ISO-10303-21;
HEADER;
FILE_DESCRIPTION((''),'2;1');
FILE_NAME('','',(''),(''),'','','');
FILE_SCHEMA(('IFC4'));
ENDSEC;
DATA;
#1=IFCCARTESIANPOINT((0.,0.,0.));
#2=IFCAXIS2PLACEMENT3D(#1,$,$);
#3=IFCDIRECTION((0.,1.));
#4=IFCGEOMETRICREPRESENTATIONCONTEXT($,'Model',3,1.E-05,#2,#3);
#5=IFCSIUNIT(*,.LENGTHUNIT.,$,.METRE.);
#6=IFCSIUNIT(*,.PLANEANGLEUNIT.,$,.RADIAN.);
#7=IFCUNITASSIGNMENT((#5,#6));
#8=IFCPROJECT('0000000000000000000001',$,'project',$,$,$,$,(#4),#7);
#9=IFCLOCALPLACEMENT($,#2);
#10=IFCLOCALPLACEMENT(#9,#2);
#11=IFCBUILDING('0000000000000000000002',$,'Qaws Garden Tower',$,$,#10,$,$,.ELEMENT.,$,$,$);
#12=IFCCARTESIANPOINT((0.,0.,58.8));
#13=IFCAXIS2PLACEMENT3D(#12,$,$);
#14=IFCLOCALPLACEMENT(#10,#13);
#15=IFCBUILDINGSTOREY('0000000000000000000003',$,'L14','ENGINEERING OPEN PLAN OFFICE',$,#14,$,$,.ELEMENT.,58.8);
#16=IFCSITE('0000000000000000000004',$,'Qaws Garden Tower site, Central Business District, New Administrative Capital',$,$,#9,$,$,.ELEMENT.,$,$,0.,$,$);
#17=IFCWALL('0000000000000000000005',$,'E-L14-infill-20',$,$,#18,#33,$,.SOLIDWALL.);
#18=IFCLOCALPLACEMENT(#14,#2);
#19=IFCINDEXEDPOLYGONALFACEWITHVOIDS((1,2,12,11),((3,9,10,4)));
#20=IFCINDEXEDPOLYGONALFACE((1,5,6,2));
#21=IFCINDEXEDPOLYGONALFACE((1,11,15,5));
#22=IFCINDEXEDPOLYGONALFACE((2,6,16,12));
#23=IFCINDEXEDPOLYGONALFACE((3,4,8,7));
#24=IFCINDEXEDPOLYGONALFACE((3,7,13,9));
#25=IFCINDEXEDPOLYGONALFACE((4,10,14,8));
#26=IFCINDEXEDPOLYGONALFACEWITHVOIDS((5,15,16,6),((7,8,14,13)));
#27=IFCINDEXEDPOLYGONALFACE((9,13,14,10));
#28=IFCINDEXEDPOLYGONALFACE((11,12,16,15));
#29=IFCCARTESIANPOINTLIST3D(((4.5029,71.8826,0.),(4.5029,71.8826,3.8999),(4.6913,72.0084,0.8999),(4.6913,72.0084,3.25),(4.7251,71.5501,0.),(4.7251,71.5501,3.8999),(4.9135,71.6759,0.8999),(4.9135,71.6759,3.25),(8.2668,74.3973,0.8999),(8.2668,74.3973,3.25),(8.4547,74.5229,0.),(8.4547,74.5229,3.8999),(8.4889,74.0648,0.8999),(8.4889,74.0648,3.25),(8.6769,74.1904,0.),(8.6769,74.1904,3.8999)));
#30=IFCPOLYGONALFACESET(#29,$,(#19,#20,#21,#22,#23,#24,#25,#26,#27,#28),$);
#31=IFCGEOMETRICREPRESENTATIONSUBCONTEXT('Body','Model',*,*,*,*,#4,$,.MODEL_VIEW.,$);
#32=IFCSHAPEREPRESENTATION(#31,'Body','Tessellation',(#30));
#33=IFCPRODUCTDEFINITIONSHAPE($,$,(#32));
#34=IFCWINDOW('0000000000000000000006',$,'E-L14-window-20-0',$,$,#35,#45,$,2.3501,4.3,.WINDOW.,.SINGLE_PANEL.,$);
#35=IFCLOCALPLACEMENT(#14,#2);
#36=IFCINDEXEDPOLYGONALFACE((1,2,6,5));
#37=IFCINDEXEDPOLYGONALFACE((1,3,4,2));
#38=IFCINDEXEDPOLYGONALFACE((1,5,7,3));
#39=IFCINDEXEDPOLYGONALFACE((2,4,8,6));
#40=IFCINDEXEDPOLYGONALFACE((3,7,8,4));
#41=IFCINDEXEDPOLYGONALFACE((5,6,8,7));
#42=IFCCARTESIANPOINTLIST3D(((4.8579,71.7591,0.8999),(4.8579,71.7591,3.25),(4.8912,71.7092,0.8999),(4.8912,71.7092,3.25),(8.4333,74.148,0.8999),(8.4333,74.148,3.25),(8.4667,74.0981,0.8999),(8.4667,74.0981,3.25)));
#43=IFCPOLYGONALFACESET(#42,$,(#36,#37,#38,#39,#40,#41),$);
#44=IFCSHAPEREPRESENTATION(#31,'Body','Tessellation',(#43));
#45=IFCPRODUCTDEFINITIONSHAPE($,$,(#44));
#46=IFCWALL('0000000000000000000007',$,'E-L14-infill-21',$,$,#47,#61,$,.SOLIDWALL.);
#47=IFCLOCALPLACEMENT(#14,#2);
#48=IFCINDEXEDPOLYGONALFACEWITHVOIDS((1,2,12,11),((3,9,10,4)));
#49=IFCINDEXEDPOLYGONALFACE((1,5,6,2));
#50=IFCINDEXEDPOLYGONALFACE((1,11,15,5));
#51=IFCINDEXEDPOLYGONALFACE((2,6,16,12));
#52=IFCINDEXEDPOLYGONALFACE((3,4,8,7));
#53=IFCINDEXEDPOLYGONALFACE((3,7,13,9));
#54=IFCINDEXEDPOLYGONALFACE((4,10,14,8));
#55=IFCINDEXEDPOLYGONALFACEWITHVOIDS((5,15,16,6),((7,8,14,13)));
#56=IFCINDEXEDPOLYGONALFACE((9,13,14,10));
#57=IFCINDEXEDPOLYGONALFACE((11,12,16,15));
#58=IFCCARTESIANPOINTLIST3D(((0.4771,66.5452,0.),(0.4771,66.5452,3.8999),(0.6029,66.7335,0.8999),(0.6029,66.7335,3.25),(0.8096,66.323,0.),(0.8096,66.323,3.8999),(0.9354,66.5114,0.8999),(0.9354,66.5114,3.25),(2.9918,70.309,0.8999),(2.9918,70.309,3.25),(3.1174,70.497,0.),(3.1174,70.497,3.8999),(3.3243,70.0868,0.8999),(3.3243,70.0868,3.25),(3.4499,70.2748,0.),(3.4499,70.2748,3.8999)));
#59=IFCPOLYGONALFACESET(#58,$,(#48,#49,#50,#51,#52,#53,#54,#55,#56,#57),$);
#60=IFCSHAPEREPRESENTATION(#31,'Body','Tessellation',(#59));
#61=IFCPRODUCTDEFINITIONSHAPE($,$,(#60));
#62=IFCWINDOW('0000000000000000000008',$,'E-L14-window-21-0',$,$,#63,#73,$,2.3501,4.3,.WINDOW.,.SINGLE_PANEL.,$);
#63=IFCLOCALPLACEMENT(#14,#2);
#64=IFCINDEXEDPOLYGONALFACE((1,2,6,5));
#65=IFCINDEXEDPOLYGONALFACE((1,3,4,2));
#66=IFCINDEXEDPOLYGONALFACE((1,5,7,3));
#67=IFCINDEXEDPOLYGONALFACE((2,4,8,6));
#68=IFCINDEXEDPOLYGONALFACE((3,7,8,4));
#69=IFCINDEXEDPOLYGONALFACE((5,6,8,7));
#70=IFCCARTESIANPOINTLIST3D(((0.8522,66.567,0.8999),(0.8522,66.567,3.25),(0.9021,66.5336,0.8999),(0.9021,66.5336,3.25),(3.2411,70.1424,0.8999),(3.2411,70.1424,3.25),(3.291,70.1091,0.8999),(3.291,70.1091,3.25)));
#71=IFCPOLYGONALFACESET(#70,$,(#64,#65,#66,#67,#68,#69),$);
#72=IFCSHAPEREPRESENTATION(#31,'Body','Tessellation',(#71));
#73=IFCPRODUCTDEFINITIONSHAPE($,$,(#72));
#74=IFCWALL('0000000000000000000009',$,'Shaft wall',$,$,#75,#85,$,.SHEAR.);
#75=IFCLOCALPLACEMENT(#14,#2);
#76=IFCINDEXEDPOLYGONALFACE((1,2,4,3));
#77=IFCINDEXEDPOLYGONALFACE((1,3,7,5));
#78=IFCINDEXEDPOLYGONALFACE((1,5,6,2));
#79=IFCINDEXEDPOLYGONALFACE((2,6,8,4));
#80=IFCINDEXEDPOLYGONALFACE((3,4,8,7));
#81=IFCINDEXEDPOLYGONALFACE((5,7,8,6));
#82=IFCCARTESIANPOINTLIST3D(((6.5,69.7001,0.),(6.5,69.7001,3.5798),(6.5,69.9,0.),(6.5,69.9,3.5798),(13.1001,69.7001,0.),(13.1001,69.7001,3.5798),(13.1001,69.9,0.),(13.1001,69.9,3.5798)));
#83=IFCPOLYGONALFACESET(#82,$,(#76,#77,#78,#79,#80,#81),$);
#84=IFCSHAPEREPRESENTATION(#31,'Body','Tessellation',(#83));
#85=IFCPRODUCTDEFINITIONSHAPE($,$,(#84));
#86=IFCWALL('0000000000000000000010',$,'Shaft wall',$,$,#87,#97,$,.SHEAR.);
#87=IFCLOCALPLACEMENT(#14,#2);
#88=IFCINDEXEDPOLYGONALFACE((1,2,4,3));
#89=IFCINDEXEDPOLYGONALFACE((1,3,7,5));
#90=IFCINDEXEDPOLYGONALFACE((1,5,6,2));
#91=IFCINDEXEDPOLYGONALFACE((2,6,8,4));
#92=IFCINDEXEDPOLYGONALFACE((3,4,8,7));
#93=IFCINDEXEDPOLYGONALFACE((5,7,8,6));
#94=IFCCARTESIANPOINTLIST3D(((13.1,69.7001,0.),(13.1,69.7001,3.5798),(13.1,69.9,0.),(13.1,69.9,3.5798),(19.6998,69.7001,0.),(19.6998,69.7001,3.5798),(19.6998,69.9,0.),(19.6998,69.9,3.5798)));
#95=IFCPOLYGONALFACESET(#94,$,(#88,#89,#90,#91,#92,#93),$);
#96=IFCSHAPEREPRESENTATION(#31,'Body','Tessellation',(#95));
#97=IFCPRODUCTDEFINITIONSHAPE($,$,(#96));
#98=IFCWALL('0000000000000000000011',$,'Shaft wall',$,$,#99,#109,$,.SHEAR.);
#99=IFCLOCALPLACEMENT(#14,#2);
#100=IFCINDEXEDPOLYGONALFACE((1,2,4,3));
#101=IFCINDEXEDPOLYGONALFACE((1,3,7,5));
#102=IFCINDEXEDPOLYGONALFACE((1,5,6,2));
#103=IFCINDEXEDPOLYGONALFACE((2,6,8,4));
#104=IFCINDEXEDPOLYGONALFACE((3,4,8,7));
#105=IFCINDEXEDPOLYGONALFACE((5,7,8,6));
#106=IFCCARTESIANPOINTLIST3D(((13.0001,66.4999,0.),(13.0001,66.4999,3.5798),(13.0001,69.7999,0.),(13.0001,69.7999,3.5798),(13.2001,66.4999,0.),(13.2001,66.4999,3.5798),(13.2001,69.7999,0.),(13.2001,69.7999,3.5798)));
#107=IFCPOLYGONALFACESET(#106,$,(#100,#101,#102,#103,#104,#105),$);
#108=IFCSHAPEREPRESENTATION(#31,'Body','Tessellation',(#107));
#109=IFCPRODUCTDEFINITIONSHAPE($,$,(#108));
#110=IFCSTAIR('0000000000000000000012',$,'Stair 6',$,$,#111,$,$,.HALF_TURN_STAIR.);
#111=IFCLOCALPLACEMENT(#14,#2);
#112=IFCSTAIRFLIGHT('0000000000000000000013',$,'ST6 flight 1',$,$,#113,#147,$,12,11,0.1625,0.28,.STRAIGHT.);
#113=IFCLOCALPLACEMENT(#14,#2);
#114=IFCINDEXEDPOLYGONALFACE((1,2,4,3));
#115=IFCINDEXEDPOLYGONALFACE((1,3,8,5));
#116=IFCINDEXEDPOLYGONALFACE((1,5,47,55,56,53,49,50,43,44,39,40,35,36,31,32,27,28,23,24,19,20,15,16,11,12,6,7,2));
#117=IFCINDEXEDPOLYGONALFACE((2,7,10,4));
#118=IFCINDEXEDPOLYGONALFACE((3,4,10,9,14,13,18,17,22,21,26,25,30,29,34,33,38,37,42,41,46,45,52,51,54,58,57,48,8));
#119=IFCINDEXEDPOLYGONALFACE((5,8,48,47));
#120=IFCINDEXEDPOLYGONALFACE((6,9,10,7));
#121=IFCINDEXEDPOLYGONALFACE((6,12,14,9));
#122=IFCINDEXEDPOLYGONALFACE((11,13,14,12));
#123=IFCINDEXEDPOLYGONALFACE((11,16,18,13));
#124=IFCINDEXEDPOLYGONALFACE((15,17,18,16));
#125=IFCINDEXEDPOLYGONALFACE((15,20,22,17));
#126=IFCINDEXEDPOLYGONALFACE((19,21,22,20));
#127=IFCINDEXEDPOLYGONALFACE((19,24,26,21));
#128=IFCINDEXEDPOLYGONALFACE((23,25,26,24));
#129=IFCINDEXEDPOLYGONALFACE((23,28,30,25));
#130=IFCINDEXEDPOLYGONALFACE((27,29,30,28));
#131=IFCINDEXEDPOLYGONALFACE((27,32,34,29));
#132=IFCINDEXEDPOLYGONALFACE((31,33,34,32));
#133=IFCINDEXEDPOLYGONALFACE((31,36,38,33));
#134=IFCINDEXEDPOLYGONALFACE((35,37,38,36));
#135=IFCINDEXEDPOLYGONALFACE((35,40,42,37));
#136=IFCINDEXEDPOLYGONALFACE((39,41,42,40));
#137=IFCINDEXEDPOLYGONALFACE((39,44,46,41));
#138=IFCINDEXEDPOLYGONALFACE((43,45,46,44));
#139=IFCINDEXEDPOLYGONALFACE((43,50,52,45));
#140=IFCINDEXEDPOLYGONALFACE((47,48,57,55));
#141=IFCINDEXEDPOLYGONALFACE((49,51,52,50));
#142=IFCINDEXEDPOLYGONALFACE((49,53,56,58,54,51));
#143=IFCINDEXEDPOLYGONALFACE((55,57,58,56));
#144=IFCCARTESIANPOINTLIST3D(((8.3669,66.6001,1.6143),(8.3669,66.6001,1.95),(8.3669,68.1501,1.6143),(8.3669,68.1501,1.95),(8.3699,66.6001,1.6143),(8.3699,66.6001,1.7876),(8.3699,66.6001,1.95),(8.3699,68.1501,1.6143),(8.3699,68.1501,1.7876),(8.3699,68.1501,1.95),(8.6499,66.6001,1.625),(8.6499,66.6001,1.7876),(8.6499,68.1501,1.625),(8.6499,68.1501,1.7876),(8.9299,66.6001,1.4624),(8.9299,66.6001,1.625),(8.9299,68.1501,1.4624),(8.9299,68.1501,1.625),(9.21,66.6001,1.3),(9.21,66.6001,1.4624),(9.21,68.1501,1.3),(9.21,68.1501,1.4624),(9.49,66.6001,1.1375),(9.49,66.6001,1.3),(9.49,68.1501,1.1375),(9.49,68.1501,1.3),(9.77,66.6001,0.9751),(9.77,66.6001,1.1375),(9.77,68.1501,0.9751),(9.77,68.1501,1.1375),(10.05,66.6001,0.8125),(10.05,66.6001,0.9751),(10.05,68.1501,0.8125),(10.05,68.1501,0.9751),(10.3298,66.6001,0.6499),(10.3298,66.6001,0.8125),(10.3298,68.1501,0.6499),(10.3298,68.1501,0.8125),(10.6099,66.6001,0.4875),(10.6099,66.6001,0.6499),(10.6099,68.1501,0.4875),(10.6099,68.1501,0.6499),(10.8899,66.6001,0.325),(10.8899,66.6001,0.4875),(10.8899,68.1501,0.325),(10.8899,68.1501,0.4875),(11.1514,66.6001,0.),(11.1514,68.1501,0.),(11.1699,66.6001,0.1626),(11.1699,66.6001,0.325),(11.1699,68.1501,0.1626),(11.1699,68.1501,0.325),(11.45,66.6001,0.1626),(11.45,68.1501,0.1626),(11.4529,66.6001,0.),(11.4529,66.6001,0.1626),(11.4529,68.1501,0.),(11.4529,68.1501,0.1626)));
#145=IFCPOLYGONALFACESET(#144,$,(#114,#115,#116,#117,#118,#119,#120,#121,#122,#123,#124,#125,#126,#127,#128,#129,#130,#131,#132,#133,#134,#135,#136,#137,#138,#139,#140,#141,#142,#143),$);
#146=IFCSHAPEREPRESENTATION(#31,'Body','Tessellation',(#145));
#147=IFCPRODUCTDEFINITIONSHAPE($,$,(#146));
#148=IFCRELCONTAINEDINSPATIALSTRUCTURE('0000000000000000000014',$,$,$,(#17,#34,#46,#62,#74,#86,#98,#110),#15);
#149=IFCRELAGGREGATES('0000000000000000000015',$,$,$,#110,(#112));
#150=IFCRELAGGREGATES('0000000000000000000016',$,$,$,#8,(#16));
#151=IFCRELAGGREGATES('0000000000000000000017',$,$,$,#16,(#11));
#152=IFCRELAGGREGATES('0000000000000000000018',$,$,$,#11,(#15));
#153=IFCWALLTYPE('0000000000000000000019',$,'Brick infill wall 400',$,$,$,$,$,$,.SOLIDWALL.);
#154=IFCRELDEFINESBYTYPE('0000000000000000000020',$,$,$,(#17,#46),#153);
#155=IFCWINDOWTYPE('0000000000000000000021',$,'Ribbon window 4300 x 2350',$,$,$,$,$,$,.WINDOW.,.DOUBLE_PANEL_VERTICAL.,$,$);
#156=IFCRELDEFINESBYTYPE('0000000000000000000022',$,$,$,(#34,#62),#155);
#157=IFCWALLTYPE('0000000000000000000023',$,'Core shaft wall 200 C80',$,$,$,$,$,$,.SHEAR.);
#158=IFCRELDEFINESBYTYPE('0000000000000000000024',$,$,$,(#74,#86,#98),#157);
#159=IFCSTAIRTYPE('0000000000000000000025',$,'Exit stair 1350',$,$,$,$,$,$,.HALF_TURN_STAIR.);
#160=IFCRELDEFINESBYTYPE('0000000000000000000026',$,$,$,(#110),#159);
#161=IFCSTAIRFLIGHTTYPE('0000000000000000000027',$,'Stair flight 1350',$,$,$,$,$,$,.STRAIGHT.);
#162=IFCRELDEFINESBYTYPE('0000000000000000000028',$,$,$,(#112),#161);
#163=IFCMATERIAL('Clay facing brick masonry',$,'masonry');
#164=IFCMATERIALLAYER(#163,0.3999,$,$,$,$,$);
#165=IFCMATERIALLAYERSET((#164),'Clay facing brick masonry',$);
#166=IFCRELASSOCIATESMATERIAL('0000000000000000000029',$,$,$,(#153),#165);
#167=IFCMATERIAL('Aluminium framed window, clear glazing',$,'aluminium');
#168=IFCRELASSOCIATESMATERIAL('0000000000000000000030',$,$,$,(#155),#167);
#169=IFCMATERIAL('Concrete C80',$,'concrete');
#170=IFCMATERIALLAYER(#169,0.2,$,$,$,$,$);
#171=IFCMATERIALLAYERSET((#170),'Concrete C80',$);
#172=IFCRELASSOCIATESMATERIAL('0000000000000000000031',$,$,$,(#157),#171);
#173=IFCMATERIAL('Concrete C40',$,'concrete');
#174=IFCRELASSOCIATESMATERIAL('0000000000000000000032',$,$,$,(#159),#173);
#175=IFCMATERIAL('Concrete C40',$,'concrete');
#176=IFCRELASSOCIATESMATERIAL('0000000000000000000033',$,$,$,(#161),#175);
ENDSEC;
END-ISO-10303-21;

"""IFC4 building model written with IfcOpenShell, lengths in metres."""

from ifc_helpers import new_model, si_unit, direction, frame, frame_2d, origin, place, context, subcontext, project, spatial, polyline, rectangle, outline, extrude, material, layer, layer_set, type_object, element, fill, aggregate, save


model = new_model("IFC4")

# Units and contexts
model_context = context("Model", 3, precision=1e-05, world=origin(), true_north=direction((0.0, 1.0)))
body_context = subcontext(model_context, "Body", "Model", "MODEL_VIEW")
ifc_project = project(units=[si_unit("LENGTHUNIT", "METRE"), si_unit("PLANEANGLEUNIT", "RADIAN")], contexts=[model_context])

# Site, building, storey
site_placement = place(None, origin())
site = spatial("IfcSite", under=ifc_project, at=site_placement, Name="Qaws Garden Tower site, Central Business District, New Administrative Capital", CompositionType="ELEMENT", RefElevation=0.0)
building_placement = place(site_placement, origin())
building = spatial("IfcBuilding", under=site, at=building_placement, Name="Qaws Garden Tower", CompositionType="ELEMENT")
storey_placement = place(building_placement, frame((0.0, 0.0, 58.8)))
storey = spatial("IfcBuildingStorey", under=building, at=storey_placement, Name="L14", Description="ENGINEERING OPEN PLAN OFFICE", CompositionType="ELEMENT", Elevation=58.8)

# Walls, openings, windows
ifc_material_1 = material(Name="Clay facing brick masonry", Category="masonry")
ifc_layer_1 = layer(ifc_material_1, 0.3999)
ifc_layer_set_1 = layer_set([ifc_layer_1], Name="Clay facing brick masonry")
wall_type_1 = type_object("IfcWallType", Name="Brick infill wall 400", PredefinedType="SOLIDWALL", material=ifc_layer_set_1)
ifc_material_2 = material(Name="Aluminium framed window, clear glazing", Category="aluminium")
window_type = type_object("IfcWindowType", Name="Ribbon window 4300 x 2350", PartitioningType="DOUBLE_PANEL_VERTICAL", PredefinedType="WINDOW", material=ifc_material_2)
wall_1_placement = place(storey_placement, frame((8.5659, 74.3567, 0.0), z_axis=(0.0, 0.0, 1.0), x_axis=(-0.831489, -0.555542, 0.0)))
wall_1 = element("IfcWall", 1, at=wall_1_placement, inside=storey, type_object=wall_type_1, Name="E-L14-infill-20", PredefinedType="SOLIDWALL", context=body_context, shape_type="SweptSolid", body=[
    extrude(rectangle(XDim=4.7527, YDim=0.3999, at=frame_2d((2.3765, 0.0))), origin(), (0.0, 0.0, 1.0), 3.8999),
])
opening_1_placement = place(wall_1_placement, frame((0.2263, 0.0, 0.8999)))
opening_1 = element("IfcOpeningElement", 2, at=opening_1_placement, cuts=wall_1, PredefinedType="OPENING", context=body_context, shape_type="SweptSolid", body=[
    extrude(rectangle(XDim=4.3, YDim=2.3501, at=frame_2d((2.1499, 1.175))), frame((0.0, 0.21, 0.0), z_axis=(0.0, -1.0, 0.0), x_axis=(1.0, 0.0, 0.0)), (0.0, 0.0, 1.0), 0.4199),
])
window_1_placement = place(opening_1_placement, origin())
window_1 = element("IfcWindow", 3, at=window_1_placement, inside=storey, type_object=window_type, Name="E-L14-window-20-0", OverallHeight=2.3501, OverallWidth=4.3, PartitioningType="SINGLE_PANEL", PredefinedType="WINDOW", context=body_context, shape_type="SweptSolid", body=[
    extrude(rectangle(XDim=4.3, YDim=2.3501, at=frame_2d((2.1499, 1.175))), frame((0.0, 0.1599, 0.0), z_axis=(0.0, -1.0, 0.0), x_axis=(1.0, 0.0, 0.0)), (0.0, 0.0, 1.0), 0.0601),
])
fill(opening_1, window_1)
wall_2_placement = place(storey_placement, frame((3.2837, 70.386, 0.0), z_axis=(0.0, 0.0, 1.0), x_axis=(-0.555542, -0.831489, 0.0)))
wall_2 = element("IfcWall", 4, at=wall_2_placement, inside=storey, type_object=wall_type_1, Name="E-L14-infill-21", PredefinedType="SOLIDWALL", context=body_context, shape_type="SweptSolid", body=[
    extrude(rectangle(XDim=4.7527, YDim=0.3999, at=frame_2d((2.3765, 0.0))), origin(), (0.0, 0.0, 1.0), 3.8999),
])
opening_2_placement = place(wall_2_placement, frame((0.2263, 0.0, 0.8999)))
opening_2 = element("IfcOpeningElement", 5, at=opening_2_placement, cuts=wall_2, PredefinedType="OPENING", context=body_context, shape_type="SweptSolid", body=[
    extrude(rectangle(XDim=4.3, YDim=2.3501, at=frame_2d((2.1499, 1.175))), frame((0.0, 0.21, 0.0), z_axis=(0.0, -1.0, 0.0), x_axis=(1.0, 0.0, 0.0)), (0.0, 0.0, 1.0), 0.4199),
])
window_2_placement = place(opening_2_placement, origin())
window_2 = element("IfcWindow", 6, at=window_2_placement, inside=storey, type_object=window_type, Name="E-L14-window-21-0", OverallHeight=2.3501, OverallWidth=4.3, PartitioningType="SINGLE_PANEL", PredefinedType="WINDOW", context=body_context, shape_type="SweptSolid", body=[
    extrude(rectangle(XDim=4.3, YDim=2.3501, at=frame_2d((2.1499, 1.175))), frame((0.0, 0.1599, 0.0), z_axis=(0.0, -1.0, 0.0), x_axis=(1.0, 0.0, 0.0)), (0.0, 0.0, 1.0), 0.0601),
])
fill(opening_2, window_2)

# Walls
ifc_material_3 = material(Name="Concrete C80", Category="concrete")
ifc_layer_2 = layer(ifc_material_3, 0.2)
ifc_layer_set_2 = layer_set([ifc_layer_2], Name="Concrete C80")
wall_type_2 = type_object("IfcWallType", Name="Core shaft wall 200 C80", PredefinedType="SHEAR", material=ifc_layer_set_2)
wall_3_placement = place(storey_placement, frame((6.5, 69.8, 0.0), z_axis=(0.0, 0.0, 1.0), x_axis=(1.0, 0.0, 0.0)))
element("IfcWall", 7, at=wall_3_placement, inside=storey, type_object=wall_type_2, Name="Shaft wall", PredefinedType="SHEAR", context=body_context, shape_type="SweptSolid", body=[
    extrude(rectangle(XDim=6.6001, YDim=0.2, at=frame_2d((3.3, 0.0))), origin(), (0.0, 0.0, 1.0), 3.5798),
])
wall_4_placement = place(storey_placement, frame((13.1001, 69.8, 0.0), z_axis=(0.0, 0.0, 1.0), x_axis=(1.0, 0.0, 0.0)))
element("IfcWall", 8, at=wall_4_placement, inside=storey, type_object=wall_type_2, Name="Shaft wall", PredefinedType="SHEAR", context=body_context, shape_type="SweptSolid", body=[
    extrude(rectangle(XDim=6.5999, YDim=0.2, at=frame_2d((3.2998, 0.0))), origin(), (0.0, 0.0, 1.0), 3.5798),
])
wall_5_placement = place(storey_placement, frame((13.1001, 66.5, 0.0), z_axis=(0.0, 0.0, 1.0), x_axis=(0.0, 1.0, 0.0)))
element("IfcWall", 9, at=wall_5_placement, inside=storey, type_object=wall_type_2, Name="Shaft wall", PredefinedType="SHEAR", context=body_context, shape_type="SweptSolid", body=[
    extrude(rectangle(XDim=3.3, YDim=0.2, at=frame_2d((1.6499, 0.0))), origin(), (0.0, 0.0, 1.0), 3.5798),
])

# Stair, stair flight
ifc_material_4 = material(Name="Concrete C40", Category="concrete")
stair_type = type_object("IfcStairType", Name="Exit stair 1350", PredefinedType="HALF_TURN_STAIR", material=ifc_material_4)
placement = place(storey_placement, origin())
stair_1 = element("IfcStair", 10, at=placement, inside=storey, type_object=stair_type, Name="Stair 6", PredefinedType="HALF_TURN_STAIR")
ifc_material_5 = material(Name="Concrete C40", Category="concrete")
stair_flight_type = type_object("IfcStairFlightType", Name="Stair flight 1350", PredefinedType="STRAIGHT", material=ifc_material_5)
stair_flight_1_placement = place(storey_placement, frame((11.45, 67.375, 0.0), z_axis=(0.0, 0.0, 1.0), x_axis=(-1.0, 0.0, 0.0)))
stair_flight_1 = element("IfcStairFlight", 11, at=stair_flight_1_placement, type_object=stair_flight_type, Name="ST6 flight 1", NumberOfRisers=12, NumberOfTreads=11, PredefinedType="STRAIGHT", RiserHeight=0.1625, TreadLength=0.28, context=body_context, shape_type="SweptSolid", body=[
    extrude(outline(polyline([(-0.0029, 0.0), (-0.0029, 0.1626), (0.0, 0.1626), (0.28, 0.1626), (0.28, 0.325), (0.5601, 0.325), (0.5601, 0.4875), (0.8401, 0.4875), (0.8401, 0.6499), (1.1201, 0.6499), (1.1201, 0.8125), (1.3999, 0.8125), (1.3999, 0.9751), (1.6799, 0.9751), (1.6799, 1.1375), (1.96, 1.1375), (1.96, 1.3), (2.24, 1.3), (2.24, 1.4624), (2.52, 1.4624), (2.52, 1.625), (2.8, 1.625), (2.8, 1.7876), (3.0801, 1.7876), (3.0801, 1.95), (3.083, 1.95), (3.083, 1.6143), (3.0801, 1.6143), (0.2986, 0.0), (-0.0029, 0.0)])), frame((0.0, 0.7749, 0.0), z_axis=(0.0, -1.0, 0.0), x_axis=(1.0, 0.0, 0.0)), (0.0, 0.0, 1.0), 1.55),
])
aggregate(stair_1, [stair_flight_1])

save(model, "model.ifc")
